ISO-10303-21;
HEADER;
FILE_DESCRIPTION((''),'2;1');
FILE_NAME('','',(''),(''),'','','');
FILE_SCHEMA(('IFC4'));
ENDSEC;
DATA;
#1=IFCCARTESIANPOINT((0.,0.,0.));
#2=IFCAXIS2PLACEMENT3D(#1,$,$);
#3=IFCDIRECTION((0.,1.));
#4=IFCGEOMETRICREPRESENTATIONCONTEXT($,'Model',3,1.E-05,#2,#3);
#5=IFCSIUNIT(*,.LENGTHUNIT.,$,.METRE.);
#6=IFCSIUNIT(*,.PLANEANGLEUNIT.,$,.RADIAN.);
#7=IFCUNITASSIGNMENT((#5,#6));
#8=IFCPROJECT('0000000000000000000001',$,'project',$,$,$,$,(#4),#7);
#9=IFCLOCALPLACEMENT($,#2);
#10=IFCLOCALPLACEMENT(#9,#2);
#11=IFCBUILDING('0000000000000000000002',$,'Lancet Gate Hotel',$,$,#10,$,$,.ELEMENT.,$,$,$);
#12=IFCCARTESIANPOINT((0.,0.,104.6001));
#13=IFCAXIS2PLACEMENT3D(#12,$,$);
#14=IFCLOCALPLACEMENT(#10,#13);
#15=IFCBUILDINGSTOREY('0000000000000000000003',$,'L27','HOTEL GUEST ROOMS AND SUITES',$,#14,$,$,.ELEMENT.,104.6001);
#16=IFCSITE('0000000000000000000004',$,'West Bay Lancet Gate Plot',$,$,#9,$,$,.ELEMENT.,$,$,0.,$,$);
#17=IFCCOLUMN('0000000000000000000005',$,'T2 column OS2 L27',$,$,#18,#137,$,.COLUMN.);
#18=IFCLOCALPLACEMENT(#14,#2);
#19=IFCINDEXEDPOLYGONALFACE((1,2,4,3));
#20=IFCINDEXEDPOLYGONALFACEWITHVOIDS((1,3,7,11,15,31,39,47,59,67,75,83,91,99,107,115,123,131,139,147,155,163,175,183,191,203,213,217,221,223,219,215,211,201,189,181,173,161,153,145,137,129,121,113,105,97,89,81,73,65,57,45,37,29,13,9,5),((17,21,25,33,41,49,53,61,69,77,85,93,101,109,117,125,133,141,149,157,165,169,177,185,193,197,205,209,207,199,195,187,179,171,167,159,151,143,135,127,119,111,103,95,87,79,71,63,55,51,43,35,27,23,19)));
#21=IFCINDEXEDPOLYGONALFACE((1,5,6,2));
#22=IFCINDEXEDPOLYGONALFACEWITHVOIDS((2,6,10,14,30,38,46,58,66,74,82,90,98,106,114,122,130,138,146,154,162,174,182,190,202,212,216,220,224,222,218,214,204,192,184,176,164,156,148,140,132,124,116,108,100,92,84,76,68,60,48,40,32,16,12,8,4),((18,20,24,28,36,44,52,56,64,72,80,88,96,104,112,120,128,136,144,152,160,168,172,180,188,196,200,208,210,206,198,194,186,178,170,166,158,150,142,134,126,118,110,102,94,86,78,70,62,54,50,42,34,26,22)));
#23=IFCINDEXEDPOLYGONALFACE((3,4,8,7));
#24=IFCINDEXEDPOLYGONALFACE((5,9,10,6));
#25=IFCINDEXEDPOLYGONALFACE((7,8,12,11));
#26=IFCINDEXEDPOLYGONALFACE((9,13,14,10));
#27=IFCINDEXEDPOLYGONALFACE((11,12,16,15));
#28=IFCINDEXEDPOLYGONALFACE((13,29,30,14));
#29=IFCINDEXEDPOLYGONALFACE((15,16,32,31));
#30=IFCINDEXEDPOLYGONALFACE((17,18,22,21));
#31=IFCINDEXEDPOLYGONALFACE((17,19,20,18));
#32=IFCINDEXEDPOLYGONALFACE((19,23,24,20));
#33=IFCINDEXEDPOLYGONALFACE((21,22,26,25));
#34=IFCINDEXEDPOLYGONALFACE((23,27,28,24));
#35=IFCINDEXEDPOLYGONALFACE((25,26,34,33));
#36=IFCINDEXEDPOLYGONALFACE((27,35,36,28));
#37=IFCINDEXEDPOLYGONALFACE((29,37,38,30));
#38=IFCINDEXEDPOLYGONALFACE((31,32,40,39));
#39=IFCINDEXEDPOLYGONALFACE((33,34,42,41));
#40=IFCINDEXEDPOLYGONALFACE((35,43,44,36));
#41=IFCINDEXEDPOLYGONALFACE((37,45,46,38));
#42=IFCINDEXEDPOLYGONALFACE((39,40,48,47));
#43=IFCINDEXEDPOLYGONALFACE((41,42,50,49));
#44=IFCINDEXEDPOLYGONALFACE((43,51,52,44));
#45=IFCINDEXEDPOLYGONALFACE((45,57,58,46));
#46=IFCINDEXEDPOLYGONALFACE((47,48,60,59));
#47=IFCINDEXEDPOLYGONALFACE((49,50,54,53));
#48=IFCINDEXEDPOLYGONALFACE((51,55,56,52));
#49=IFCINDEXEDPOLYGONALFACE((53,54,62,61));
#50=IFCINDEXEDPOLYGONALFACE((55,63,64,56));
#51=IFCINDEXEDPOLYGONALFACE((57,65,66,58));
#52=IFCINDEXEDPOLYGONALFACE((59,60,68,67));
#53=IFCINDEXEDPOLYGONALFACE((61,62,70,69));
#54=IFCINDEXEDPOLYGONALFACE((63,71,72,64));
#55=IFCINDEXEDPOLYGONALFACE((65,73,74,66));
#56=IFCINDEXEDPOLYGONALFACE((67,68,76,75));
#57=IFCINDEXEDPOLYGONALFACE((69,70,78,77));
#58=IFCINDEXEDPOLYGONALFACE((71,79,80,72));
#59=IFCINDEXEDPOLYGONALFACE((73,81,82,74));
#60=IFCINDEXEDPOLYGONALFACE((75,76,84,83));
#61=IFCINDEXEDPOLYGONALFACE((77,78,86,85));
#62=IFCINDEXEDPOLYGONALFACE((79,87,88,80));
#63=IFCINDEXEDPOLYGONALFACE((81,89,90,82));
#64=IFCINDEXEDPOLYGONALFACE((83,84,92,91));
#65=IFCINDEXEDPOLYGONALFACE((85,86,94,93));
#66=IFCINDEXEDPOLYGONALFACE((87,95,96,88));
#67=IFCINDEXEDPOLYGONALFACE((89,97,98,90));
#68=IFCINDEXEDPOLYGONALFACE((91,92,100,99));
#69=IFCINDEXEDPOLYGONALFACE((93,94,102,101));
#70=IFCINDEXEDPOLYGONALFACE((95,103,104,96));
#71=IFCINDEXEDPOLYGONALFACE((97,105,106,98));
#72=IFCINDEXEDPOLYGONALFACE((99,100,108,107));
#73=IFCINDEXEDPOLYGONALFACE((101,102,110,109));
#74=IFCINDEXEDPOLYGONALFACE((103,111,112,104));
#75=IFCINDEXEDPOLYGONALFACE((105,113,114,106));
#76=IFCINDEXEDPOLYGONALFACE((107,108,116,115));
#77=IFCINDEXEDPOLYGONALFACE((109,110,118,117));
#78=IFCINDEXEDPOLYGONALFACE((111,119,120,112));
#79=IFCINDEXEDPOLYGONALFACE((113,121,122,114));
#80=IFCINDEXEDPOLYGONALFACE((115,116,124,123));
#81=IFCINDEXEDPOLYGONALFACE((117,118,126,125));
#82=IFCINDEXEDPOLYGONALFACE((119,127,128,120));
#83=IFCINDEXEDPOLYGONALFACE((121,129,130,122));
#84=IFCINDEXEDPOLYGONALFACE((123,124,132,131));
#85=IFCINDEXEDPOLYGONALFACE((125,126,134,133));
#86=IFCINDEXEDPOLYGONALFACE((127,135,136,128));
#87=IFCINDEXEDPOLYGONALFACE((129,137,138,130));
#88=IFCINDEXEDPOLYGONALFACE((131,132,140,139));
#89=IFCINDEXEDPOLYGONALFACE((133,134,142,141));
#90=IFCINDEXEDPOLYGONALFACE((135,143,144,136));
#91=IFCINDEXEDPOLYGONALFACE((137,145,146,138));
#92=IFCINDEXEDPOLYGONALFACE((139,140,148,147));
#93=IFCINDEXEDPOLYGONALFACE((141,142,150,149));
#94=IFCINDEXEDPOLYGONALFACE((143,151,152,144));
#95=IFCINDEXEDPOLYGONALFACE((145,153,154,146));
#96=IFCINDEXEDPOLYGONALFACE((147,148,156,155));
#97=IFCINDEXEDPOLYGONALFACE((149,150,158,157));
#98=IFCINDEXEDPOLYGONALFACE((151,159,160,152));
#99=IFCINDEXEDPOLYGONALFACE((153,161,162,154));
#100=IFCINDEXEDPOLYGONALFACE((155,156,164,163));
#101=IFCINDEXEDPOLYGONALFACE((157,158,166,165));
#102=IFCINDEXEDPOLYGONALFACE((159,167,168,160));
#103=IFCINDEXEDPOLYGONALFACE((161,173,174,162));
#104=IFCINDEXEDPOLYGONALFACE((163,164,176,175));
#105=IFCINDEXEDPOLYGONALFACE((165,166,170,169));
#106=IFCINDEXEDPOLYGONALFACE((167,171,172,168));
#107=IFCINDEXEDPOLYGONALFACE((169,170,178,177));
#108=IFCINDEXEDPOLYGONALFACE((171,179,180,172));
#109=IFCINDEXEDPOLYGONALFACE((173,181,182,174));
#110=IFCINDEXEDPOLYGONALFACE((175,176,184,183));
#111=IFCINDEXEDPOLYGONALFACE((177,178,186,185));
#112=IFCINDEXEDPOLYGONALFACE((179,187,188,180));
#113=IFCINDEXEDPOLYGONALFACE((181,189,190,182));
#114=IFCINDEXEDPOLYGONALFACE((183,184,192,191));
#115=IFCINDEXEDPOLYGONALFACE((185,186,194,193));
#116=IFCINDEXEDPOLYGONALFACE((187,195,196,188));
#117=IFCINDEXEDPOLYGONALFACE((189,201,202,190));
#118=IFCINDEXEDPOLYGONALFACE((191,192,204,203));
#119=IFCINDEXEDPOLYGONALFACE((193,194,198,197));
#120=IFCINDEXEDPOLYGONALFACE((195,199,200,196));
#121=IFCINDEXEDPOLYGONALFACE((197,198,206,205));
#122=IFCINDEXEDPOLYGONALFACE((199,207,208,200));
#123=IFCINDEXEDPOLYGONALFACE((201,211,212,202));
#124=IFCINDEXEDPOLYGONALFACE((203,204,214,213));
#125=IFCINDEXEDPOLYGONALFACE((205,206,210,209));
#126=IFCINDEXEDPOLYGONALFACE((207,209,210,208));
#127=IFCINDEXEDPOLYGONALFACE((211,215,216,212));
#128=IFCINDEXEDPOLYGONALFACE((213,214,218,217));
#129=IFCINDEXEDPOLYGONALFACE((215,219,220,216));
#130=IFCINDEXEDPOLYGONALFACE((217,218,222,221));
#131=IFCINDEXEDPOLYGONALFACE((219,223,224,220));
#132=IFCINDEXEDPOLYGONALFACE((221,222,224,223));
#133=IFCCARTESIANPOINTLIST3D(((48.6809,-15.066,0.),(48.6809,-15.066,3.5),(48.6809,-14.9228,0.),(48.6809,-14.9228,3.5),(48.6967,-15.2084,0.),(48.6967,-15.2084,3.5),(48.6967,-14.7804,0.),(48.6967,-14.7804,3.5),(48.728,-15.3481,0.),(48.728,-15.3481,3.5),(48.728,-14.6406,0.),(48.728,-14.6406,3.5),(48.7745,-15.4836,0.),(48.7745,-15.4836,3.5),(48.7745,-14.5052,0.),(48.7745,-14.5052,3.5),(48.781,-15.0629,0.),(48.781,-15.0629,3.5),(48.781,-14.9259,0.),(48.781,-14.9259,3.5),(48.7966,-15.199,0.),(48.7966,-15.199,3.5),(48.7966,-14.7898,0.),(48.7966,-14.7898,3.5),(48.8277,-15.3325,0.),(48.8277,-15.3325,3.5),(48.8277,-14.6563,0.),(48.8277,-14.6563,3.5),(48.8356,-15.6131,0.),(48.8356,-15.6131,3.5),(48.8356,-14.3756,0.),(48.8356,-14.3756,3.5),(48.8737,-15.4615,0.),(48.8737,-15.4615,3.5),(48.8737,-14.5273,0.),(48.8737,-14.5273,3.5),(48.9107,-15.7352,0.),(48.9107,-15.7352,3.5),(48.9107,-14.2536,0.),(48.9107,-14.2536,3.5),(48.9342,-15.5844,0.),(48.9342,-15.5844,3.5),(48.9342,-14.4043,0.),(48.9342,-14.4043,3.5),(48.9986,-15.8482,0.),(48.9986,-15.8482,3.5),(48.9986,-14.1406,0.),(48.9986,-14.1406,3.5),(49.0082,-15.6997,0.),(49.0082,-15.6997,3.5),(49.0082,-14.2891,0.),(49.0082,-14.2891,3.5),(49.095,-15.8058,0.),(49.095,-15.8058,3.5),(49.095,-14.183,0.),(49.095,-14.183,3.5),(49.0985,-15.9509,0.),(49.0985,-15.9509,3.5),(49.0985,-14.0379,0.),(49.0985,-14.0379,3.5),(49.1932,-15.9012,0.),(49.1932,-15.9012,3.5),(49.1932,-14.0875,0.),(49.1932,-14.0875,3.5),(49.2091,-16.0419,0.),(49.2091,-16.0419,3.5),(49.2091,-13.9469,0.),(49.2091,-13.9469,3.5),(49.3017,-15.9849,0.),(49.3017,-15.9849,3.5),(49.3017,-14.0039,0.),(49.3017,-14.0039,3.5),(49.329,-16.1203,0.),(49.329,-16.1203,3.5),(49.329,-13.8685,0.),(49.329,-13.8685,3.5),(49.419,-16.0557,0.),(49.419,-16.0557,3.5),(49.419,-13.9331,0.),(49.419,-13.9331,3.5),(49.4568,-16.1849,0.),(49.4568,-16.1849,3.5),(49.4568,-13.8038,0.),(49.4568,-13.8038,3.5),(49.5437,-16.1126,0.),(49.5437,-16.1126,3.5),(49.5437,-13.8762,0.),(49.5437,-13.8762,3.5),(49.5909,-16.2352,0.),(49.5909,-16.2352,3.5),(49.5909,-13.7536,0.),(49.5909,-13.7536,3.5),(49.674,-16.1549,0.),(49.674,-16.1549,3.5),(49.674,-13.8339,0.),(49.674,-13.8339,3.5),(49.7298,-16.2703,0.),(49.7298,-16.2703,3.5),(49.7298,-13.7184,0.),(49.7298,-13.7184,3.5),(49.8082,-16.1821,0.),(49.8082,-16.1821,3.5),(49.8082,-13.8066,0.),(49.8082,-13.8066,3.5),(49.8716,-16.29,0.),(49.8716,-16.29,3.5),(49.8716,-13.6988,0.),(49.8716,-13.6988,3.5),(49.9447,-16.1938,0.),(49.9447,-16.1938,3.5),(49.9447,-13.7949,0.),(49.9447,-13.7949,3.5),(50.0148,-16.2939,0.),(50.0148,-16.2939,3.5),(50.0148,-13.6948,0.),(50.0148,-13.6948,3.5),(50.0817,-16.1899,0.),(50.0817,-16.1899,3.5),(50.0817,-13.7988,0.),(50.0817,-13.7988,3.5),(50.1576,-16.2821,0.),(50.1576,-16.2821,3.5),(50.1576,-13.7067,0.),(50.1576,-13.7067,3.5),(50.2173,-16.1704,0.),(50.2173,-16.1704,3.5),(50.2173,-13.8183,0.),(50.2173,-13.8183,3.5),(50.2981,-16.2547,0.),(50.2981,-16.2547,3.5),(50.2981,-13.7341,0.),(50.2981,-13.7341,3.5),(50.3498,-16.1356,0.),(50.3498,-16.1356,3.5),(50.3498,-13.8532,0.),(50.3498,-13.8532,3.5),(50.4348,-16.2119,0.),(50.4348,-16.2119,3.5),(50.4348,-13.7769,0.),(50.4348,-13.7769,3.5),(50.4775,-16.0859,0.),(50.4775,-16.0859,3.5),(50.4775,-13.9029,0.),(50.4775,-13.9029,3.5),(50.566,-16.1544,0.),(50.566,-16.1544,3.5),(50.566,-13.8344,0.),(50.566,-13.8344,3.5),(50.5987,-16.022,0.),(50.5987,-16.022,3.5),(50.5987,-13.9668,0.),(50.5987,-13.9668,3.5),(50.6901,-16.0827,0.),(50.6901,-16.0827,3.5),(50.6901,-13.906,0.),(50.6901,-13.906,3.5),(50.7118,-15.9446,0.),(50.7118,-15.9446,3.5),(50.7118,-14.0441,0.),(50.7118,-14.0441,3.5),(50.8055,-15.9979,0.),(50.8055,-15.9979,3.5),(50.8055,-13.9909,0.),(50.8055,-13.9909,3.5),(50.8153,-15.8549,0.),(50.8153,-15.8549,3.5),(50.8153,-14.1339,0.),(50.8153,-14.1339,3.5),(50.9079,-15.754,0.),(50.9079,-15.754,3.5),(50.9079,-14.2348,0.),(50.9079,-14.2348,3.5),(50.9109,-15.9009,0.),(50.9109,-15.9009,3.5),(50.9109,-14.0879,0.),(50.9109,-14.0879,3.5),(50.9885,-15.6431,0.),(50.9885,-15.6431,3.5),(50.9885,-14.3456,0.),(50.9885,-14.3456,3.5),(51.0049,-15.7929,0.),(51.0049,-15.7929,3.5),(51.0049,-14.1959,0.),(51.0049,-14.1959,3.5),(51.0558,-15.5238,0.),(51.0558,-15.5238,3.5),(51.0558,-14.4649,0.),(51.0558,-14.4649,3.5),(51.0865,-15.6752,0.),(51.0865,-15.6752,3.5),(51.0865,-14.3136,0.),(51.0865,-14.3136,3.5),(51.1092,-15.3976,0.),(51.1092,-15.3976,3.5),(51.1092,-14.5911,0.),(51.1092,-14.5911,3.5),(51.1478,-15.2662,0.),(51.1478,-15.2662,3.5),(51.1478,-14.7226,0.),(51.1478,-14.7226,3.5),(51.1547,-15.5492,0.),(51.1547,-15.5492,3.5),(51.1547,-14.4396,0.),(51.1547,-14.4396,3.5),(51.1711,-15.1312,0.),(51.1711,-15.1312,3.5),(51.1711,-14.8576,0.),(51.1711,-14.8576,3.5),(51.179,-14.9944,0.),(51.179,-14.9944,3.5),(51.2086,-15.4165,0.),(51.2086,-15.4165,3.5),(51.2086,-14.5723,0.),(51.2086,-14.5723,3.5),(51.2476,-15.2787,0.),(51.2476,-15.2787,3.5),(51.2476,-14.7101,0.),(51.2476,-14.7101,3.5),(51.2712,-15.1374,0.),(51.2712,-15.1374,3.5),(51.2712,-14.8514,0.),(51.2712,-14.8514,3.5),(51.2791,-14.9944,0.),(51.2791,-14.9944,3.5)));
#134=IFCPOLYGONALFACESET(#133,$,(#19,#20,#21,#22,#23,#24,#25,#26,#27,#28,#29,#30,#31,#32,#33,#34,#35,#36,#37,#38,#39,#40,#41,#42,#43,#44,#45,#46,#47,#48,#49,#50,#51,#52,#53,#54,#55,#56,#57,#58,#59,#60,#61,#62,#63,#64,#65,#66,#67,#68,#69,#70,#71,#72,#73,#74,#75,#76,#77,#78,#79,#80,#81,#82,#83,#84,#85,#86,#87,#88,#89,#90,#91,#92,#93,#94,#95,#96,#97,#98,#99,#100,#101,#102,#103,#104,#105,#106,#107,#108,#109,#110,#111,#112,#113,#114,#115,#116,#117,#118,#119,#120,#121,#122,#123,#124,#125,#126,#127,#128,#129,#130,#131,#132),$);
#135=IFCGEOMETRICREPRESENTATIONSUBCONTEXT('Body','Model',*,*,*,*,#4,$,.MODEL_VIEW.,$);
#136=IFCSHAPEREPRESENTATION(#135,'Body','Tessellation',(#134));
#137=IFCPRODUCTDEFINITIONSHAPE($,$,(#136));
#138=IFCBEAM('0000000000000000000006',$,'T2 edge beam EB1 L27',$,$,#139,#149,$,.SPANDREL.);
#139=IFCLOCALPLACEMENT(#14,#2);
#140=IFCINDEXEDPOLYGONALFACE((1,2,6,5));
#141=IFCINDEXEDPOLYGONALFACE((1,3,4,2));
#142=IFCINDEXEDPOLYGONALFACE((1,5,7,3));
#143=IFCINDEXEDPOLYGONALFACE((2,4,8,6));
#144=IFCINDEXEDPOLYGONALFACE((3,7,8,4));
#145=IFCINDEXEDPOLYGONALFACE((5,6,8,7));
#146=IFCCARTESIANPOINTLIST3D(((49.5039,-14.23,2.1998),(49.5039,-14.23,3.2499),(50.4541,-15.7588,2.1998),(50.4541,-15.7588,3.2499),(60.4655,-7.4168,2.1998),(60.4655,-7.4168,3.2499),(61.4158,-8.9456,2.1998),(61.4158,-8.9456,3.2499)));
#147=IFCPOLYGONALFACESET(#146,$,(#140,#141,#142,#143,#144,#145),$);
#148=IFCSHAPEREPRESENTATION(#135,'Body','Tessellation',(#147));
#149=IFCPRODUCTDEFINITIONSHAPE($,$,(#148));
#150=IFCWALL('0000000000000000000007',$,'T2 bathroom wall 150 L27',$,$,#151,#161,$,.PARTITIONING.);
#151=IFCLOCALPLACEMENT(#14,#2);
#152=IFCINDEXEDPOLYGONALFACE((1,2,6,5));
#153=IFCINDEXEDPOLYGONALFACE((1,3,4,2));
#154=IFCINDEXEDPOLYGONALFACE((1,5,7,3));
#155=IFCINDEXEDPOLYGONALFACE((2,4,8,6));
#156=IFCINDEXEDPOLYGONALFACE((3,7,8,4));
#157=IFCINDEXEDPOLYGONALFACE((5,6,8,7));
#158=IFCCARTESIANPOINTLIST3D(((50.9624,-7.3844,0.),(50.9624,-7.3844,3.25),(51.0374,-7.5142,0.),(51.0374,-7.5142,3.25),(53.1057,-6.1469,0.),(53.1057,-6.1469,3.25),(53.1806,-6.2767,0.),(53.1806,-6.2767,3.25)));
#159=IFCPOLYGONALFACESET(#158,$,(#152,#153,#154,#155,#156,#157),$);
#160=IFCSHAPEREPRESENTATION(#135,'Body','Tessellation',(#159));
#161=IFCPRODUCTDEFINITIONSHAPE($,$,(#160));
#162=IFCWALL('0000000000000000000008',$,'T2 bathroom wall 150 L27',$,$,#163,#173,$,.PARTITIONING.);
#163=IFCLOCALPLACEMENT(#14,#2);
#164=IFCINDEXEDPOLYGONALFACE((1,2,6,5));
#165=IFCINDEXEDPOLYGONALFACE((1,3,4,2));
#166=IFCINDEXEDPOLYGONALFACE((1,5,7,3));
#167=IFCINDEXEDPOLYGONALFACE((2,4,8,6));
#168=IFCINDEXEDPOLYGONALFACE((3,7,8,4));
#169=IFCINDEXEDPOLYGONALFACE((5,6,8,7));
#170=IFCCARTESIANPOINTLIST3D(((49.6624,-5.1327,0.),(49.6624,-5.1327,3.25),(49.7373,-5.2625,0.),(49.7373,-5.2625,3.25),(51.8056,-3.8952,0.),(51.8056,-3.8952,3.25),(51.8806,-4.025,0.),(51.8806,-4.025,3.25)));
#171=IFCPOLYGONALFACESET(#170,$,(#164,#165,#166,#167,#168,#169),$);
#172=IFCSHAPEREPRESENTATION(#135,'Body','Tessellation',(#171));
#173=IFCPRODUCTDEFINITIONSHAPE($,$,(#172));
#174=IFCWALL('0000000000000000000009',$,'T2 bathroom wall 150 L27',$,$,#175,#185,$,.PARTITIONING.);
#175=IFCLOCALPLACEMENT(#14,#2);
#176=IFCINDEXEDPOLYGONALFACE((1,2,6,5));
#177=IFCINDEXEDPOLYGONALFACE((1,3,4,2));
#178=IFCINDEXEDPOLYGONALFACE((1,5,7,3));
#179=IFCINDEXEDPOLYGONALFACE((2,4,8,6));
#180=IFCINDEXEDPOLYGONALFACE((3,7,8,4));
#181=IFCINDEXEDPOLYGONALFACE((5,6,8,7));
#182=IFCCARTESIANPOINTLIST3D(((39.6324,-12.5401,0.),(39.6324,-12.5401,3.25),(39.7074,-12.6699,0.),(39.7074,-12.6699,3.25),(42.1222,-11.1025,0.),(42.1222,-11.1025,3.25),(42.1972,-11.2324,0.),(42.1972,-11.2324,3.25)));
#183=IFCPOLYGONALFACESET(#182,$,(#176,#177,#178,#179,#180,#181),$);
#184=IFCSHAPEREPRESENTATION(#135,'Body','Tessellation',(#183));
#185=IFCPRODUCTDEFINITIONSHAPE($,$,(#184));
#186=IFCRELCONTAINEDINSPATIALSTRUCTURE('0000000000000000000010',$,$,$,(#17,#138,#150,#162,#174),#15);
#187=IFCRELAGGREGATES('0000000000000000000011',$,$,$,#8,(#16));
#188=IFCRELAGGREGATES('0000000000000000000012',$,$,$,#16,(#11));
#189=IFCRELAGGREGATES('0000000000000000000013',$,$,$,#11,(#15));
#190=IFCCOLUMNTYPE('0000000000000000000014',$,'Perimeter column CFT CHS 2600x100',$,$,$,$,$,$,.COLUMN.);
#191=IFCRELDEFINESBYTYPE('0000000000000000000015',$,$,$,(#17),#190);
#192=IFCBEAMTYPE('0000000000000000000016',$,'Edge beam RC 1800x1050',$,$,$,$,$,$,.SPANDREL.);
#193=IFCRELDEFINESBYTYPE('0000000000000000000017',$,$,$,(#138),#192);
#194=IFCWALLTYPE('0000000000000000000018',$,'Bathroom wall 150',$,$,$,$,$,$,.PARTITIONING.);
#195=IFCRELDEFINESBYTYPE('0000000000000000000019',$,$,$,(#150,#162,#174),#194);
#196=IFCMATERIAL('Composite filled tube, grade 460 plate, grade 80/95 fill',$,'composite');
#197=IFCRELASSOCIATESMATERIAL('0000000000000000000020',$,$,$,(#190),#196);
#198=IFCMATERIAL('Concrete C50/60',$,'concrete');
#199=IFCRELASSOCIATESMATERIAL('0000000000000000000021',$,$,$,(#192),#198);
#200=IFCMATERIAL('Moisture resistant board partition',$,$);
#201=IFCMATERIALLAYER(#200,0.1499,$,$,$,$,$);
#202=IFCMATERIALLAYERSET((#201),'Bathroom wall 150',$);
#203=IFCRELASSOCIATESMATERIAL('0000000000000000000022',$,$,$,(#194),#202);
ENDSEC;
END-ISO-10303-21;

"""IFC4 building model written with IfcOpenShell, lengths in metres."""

from ifc_helpers import new_model, si_unit, direction, frame, frame_2d, origin, origin_2d, place, context, subcontext, project, spatial, rectangle, hollow_circle, extrude, material, layer, layer_set, material_profile, profile_set, type_object, element, save


model = new_model("IFC4")

# Units and contexts
model_context = context("Model", 3, precision=1e-05, world=origin(), true_north=direction((0.0, 1.0)))
body_context = subcontext(model_context, "Body", "Model", "MODEL_VIEW")
ifc_project = project(units=[si_unit("LENGTHUNIT", "METRE"), si_unit("PLANEANGLEUNIT", "RADIAN")], contexts=[model_context])

# Site, building, storey
site_placement = place(None, origin())
site = spatial("IfcSite", under=ifc_project, at=site_placement, Name="West Bay Lancet Gate Plot", CompositionType="ELEMENT", RefElevation=0.0)
building_placement = place(site_placement, origin())
building = spatial("IfcBuilding", under=site, at=building_placement, Name="Lancet Gate Hotel", CompositionType="ELEMENT")
storey_placement = place(building_placement, frame((0.0, 0.0, 104.6001)))
storey = spatial("IfcBuildingStorey", under=building, at=storey_placement, Name="L27", Description="HOTEL GUEST ROOMS AND SUITES", CompositionType="ELEMENT", Elevation=104.6001)

# Column
ifc_material_1 = material(Name="Composite filled tube, grade 460 plate, grade 80/95 fill", Category="composite")
ifc_material_profile_1 = material_profile(ifc_material_1, hollow_circle(Radius=1.3, WallThickness=0.1001, at=origin_2d()), Name="CHS 2600x100")
ifc_profile_set_1 = profile_set([ifc_material_profile_1], Name="Composite filled tube, grade 460 plate, grade 80/95 fill")
column_type = type_object("IfcColumnType", Name="Perimeter column CFT CHS 2600x100", PredefinedType="COLUMN", material=ifc_profile_set_1)
column_placement = place(storey_placement, frame((49.979, -14.9944, 0.0), z_axis=(0.0, 0.0, 1.0), x_axis=(1.0, 0.0, 0.0)))
element("IfcColumn", 1, at=column_placement, inside=storey, type_object=column_type, Name="T2 column OS2 L27", PredefinedType="COLUMN", context=body_context, shape_type="SweptSolid", body=[
    extrude(hollow_circle(Radius=1.3, WallThickness=0.1001, at=origin_2d()), origin(), (0.0, 0.0, 1.0), 3.5),
])

# Beam
ifc_material_2 = material(Name="Concrete C50/60", Category="concrete")
ifc_material_profile_2 = material_profile(ifc_material_2, rectangle(XDim=1.8, YDim=1.05, at=origin_2d()), Name="RC 1800x1050")
ifc_profile_set_2 = profile_set([ifc_material_profile_2], Name="Concrete C50/60")
beam_type = type_object("IfcBeamType", Name="Edge beam RC 1800x1050", PredefinedType="SPANDREL", material=ifc_profile_set_2)
beam_placement = place(storey_placement, frame((49.979, -14.9944, 2.7249), z_axis=(0.849312, 0.527891, 0.0), x_axis=(-0.527891, 0.849312, 0.0)))
element("IfcBeam", 2, at=beam_placement, inside=storey, type_object=beam_type, Name="T2 edge beam EB1 L27", PredefinedType="SPANDREL", context=body_context, shape_type="SweptSolid", body=[
    extrude(rectangle(XDim=1.8, YDim=1.05, at=origin_2d()), origin(), (0.0, 0.0, 1.0), 12.9065),
])

# Walls
ifc_material_3 = material(Name="Moisture resistant board partition")
ifc_layer_1 = layer(ifc_material_3, 0.1499)
ifc_layer_set_1 = layer_set([ifc_layer_1], Name="Bathroom wall 150")
wall_type_1 = type_object("IfcWallType", Name="Bathroom wall 150", PredefinedType="PARTITIONING", material=ifc_layer_set_1)
for number, where, z_axis, x_axis, name in (
    (3, (51.0, -7.4492, 0.0), (0.0, 0.0, 1.0), (0.866007, 0.500033, 0.0), "T2 bathroom wall 150 L27"),
    (4, (49.7, -5.1975, 0.0), (0.0, 0.0, 1.0), (0.866007, 0.500033, 0.0), "T2 bathroom wall 150 L27"),
):
    element("IfcWall", number, at=place(storey_placement, frame(where, z_axis=z_axis, x_axis=x_axis)), inside=storey, type_object=wall_type_1, Name=name, PredefinedType="PARTITIONING", context=body_context, shape_type="SweptSolid", body=[
        extrude(rectangle(XDim=2.4749, YDim=0.1499, at=frame_2d((1.2373, 0.0))), origin(), (0.0, 0.0, 1.0), 3.25),
    ])
wall_1_placement = place(storey_placement, frame((39.6699, -12.605, 0.0), z_axis=(0.0, 0.0, 1.0), x_axis=(0.866019, 0.500012, 0.0)))
element("IfcWall", 5, at=wall_1_placement, inside=storey, type_object=wall_type_1, Name="T2 bathroom wall 150 L27", PredefinedType="PARTITIONING", context=body_context, shape_type="SweptSolid", body=[
    extrude(rectangle(XDim=2.875, YDim=0.1499, at=frame_2d((1.4375, 0.0))), origin(), (0.0, 0.0, 1.0), 3.25),
])

save(model, "model.ifc")
